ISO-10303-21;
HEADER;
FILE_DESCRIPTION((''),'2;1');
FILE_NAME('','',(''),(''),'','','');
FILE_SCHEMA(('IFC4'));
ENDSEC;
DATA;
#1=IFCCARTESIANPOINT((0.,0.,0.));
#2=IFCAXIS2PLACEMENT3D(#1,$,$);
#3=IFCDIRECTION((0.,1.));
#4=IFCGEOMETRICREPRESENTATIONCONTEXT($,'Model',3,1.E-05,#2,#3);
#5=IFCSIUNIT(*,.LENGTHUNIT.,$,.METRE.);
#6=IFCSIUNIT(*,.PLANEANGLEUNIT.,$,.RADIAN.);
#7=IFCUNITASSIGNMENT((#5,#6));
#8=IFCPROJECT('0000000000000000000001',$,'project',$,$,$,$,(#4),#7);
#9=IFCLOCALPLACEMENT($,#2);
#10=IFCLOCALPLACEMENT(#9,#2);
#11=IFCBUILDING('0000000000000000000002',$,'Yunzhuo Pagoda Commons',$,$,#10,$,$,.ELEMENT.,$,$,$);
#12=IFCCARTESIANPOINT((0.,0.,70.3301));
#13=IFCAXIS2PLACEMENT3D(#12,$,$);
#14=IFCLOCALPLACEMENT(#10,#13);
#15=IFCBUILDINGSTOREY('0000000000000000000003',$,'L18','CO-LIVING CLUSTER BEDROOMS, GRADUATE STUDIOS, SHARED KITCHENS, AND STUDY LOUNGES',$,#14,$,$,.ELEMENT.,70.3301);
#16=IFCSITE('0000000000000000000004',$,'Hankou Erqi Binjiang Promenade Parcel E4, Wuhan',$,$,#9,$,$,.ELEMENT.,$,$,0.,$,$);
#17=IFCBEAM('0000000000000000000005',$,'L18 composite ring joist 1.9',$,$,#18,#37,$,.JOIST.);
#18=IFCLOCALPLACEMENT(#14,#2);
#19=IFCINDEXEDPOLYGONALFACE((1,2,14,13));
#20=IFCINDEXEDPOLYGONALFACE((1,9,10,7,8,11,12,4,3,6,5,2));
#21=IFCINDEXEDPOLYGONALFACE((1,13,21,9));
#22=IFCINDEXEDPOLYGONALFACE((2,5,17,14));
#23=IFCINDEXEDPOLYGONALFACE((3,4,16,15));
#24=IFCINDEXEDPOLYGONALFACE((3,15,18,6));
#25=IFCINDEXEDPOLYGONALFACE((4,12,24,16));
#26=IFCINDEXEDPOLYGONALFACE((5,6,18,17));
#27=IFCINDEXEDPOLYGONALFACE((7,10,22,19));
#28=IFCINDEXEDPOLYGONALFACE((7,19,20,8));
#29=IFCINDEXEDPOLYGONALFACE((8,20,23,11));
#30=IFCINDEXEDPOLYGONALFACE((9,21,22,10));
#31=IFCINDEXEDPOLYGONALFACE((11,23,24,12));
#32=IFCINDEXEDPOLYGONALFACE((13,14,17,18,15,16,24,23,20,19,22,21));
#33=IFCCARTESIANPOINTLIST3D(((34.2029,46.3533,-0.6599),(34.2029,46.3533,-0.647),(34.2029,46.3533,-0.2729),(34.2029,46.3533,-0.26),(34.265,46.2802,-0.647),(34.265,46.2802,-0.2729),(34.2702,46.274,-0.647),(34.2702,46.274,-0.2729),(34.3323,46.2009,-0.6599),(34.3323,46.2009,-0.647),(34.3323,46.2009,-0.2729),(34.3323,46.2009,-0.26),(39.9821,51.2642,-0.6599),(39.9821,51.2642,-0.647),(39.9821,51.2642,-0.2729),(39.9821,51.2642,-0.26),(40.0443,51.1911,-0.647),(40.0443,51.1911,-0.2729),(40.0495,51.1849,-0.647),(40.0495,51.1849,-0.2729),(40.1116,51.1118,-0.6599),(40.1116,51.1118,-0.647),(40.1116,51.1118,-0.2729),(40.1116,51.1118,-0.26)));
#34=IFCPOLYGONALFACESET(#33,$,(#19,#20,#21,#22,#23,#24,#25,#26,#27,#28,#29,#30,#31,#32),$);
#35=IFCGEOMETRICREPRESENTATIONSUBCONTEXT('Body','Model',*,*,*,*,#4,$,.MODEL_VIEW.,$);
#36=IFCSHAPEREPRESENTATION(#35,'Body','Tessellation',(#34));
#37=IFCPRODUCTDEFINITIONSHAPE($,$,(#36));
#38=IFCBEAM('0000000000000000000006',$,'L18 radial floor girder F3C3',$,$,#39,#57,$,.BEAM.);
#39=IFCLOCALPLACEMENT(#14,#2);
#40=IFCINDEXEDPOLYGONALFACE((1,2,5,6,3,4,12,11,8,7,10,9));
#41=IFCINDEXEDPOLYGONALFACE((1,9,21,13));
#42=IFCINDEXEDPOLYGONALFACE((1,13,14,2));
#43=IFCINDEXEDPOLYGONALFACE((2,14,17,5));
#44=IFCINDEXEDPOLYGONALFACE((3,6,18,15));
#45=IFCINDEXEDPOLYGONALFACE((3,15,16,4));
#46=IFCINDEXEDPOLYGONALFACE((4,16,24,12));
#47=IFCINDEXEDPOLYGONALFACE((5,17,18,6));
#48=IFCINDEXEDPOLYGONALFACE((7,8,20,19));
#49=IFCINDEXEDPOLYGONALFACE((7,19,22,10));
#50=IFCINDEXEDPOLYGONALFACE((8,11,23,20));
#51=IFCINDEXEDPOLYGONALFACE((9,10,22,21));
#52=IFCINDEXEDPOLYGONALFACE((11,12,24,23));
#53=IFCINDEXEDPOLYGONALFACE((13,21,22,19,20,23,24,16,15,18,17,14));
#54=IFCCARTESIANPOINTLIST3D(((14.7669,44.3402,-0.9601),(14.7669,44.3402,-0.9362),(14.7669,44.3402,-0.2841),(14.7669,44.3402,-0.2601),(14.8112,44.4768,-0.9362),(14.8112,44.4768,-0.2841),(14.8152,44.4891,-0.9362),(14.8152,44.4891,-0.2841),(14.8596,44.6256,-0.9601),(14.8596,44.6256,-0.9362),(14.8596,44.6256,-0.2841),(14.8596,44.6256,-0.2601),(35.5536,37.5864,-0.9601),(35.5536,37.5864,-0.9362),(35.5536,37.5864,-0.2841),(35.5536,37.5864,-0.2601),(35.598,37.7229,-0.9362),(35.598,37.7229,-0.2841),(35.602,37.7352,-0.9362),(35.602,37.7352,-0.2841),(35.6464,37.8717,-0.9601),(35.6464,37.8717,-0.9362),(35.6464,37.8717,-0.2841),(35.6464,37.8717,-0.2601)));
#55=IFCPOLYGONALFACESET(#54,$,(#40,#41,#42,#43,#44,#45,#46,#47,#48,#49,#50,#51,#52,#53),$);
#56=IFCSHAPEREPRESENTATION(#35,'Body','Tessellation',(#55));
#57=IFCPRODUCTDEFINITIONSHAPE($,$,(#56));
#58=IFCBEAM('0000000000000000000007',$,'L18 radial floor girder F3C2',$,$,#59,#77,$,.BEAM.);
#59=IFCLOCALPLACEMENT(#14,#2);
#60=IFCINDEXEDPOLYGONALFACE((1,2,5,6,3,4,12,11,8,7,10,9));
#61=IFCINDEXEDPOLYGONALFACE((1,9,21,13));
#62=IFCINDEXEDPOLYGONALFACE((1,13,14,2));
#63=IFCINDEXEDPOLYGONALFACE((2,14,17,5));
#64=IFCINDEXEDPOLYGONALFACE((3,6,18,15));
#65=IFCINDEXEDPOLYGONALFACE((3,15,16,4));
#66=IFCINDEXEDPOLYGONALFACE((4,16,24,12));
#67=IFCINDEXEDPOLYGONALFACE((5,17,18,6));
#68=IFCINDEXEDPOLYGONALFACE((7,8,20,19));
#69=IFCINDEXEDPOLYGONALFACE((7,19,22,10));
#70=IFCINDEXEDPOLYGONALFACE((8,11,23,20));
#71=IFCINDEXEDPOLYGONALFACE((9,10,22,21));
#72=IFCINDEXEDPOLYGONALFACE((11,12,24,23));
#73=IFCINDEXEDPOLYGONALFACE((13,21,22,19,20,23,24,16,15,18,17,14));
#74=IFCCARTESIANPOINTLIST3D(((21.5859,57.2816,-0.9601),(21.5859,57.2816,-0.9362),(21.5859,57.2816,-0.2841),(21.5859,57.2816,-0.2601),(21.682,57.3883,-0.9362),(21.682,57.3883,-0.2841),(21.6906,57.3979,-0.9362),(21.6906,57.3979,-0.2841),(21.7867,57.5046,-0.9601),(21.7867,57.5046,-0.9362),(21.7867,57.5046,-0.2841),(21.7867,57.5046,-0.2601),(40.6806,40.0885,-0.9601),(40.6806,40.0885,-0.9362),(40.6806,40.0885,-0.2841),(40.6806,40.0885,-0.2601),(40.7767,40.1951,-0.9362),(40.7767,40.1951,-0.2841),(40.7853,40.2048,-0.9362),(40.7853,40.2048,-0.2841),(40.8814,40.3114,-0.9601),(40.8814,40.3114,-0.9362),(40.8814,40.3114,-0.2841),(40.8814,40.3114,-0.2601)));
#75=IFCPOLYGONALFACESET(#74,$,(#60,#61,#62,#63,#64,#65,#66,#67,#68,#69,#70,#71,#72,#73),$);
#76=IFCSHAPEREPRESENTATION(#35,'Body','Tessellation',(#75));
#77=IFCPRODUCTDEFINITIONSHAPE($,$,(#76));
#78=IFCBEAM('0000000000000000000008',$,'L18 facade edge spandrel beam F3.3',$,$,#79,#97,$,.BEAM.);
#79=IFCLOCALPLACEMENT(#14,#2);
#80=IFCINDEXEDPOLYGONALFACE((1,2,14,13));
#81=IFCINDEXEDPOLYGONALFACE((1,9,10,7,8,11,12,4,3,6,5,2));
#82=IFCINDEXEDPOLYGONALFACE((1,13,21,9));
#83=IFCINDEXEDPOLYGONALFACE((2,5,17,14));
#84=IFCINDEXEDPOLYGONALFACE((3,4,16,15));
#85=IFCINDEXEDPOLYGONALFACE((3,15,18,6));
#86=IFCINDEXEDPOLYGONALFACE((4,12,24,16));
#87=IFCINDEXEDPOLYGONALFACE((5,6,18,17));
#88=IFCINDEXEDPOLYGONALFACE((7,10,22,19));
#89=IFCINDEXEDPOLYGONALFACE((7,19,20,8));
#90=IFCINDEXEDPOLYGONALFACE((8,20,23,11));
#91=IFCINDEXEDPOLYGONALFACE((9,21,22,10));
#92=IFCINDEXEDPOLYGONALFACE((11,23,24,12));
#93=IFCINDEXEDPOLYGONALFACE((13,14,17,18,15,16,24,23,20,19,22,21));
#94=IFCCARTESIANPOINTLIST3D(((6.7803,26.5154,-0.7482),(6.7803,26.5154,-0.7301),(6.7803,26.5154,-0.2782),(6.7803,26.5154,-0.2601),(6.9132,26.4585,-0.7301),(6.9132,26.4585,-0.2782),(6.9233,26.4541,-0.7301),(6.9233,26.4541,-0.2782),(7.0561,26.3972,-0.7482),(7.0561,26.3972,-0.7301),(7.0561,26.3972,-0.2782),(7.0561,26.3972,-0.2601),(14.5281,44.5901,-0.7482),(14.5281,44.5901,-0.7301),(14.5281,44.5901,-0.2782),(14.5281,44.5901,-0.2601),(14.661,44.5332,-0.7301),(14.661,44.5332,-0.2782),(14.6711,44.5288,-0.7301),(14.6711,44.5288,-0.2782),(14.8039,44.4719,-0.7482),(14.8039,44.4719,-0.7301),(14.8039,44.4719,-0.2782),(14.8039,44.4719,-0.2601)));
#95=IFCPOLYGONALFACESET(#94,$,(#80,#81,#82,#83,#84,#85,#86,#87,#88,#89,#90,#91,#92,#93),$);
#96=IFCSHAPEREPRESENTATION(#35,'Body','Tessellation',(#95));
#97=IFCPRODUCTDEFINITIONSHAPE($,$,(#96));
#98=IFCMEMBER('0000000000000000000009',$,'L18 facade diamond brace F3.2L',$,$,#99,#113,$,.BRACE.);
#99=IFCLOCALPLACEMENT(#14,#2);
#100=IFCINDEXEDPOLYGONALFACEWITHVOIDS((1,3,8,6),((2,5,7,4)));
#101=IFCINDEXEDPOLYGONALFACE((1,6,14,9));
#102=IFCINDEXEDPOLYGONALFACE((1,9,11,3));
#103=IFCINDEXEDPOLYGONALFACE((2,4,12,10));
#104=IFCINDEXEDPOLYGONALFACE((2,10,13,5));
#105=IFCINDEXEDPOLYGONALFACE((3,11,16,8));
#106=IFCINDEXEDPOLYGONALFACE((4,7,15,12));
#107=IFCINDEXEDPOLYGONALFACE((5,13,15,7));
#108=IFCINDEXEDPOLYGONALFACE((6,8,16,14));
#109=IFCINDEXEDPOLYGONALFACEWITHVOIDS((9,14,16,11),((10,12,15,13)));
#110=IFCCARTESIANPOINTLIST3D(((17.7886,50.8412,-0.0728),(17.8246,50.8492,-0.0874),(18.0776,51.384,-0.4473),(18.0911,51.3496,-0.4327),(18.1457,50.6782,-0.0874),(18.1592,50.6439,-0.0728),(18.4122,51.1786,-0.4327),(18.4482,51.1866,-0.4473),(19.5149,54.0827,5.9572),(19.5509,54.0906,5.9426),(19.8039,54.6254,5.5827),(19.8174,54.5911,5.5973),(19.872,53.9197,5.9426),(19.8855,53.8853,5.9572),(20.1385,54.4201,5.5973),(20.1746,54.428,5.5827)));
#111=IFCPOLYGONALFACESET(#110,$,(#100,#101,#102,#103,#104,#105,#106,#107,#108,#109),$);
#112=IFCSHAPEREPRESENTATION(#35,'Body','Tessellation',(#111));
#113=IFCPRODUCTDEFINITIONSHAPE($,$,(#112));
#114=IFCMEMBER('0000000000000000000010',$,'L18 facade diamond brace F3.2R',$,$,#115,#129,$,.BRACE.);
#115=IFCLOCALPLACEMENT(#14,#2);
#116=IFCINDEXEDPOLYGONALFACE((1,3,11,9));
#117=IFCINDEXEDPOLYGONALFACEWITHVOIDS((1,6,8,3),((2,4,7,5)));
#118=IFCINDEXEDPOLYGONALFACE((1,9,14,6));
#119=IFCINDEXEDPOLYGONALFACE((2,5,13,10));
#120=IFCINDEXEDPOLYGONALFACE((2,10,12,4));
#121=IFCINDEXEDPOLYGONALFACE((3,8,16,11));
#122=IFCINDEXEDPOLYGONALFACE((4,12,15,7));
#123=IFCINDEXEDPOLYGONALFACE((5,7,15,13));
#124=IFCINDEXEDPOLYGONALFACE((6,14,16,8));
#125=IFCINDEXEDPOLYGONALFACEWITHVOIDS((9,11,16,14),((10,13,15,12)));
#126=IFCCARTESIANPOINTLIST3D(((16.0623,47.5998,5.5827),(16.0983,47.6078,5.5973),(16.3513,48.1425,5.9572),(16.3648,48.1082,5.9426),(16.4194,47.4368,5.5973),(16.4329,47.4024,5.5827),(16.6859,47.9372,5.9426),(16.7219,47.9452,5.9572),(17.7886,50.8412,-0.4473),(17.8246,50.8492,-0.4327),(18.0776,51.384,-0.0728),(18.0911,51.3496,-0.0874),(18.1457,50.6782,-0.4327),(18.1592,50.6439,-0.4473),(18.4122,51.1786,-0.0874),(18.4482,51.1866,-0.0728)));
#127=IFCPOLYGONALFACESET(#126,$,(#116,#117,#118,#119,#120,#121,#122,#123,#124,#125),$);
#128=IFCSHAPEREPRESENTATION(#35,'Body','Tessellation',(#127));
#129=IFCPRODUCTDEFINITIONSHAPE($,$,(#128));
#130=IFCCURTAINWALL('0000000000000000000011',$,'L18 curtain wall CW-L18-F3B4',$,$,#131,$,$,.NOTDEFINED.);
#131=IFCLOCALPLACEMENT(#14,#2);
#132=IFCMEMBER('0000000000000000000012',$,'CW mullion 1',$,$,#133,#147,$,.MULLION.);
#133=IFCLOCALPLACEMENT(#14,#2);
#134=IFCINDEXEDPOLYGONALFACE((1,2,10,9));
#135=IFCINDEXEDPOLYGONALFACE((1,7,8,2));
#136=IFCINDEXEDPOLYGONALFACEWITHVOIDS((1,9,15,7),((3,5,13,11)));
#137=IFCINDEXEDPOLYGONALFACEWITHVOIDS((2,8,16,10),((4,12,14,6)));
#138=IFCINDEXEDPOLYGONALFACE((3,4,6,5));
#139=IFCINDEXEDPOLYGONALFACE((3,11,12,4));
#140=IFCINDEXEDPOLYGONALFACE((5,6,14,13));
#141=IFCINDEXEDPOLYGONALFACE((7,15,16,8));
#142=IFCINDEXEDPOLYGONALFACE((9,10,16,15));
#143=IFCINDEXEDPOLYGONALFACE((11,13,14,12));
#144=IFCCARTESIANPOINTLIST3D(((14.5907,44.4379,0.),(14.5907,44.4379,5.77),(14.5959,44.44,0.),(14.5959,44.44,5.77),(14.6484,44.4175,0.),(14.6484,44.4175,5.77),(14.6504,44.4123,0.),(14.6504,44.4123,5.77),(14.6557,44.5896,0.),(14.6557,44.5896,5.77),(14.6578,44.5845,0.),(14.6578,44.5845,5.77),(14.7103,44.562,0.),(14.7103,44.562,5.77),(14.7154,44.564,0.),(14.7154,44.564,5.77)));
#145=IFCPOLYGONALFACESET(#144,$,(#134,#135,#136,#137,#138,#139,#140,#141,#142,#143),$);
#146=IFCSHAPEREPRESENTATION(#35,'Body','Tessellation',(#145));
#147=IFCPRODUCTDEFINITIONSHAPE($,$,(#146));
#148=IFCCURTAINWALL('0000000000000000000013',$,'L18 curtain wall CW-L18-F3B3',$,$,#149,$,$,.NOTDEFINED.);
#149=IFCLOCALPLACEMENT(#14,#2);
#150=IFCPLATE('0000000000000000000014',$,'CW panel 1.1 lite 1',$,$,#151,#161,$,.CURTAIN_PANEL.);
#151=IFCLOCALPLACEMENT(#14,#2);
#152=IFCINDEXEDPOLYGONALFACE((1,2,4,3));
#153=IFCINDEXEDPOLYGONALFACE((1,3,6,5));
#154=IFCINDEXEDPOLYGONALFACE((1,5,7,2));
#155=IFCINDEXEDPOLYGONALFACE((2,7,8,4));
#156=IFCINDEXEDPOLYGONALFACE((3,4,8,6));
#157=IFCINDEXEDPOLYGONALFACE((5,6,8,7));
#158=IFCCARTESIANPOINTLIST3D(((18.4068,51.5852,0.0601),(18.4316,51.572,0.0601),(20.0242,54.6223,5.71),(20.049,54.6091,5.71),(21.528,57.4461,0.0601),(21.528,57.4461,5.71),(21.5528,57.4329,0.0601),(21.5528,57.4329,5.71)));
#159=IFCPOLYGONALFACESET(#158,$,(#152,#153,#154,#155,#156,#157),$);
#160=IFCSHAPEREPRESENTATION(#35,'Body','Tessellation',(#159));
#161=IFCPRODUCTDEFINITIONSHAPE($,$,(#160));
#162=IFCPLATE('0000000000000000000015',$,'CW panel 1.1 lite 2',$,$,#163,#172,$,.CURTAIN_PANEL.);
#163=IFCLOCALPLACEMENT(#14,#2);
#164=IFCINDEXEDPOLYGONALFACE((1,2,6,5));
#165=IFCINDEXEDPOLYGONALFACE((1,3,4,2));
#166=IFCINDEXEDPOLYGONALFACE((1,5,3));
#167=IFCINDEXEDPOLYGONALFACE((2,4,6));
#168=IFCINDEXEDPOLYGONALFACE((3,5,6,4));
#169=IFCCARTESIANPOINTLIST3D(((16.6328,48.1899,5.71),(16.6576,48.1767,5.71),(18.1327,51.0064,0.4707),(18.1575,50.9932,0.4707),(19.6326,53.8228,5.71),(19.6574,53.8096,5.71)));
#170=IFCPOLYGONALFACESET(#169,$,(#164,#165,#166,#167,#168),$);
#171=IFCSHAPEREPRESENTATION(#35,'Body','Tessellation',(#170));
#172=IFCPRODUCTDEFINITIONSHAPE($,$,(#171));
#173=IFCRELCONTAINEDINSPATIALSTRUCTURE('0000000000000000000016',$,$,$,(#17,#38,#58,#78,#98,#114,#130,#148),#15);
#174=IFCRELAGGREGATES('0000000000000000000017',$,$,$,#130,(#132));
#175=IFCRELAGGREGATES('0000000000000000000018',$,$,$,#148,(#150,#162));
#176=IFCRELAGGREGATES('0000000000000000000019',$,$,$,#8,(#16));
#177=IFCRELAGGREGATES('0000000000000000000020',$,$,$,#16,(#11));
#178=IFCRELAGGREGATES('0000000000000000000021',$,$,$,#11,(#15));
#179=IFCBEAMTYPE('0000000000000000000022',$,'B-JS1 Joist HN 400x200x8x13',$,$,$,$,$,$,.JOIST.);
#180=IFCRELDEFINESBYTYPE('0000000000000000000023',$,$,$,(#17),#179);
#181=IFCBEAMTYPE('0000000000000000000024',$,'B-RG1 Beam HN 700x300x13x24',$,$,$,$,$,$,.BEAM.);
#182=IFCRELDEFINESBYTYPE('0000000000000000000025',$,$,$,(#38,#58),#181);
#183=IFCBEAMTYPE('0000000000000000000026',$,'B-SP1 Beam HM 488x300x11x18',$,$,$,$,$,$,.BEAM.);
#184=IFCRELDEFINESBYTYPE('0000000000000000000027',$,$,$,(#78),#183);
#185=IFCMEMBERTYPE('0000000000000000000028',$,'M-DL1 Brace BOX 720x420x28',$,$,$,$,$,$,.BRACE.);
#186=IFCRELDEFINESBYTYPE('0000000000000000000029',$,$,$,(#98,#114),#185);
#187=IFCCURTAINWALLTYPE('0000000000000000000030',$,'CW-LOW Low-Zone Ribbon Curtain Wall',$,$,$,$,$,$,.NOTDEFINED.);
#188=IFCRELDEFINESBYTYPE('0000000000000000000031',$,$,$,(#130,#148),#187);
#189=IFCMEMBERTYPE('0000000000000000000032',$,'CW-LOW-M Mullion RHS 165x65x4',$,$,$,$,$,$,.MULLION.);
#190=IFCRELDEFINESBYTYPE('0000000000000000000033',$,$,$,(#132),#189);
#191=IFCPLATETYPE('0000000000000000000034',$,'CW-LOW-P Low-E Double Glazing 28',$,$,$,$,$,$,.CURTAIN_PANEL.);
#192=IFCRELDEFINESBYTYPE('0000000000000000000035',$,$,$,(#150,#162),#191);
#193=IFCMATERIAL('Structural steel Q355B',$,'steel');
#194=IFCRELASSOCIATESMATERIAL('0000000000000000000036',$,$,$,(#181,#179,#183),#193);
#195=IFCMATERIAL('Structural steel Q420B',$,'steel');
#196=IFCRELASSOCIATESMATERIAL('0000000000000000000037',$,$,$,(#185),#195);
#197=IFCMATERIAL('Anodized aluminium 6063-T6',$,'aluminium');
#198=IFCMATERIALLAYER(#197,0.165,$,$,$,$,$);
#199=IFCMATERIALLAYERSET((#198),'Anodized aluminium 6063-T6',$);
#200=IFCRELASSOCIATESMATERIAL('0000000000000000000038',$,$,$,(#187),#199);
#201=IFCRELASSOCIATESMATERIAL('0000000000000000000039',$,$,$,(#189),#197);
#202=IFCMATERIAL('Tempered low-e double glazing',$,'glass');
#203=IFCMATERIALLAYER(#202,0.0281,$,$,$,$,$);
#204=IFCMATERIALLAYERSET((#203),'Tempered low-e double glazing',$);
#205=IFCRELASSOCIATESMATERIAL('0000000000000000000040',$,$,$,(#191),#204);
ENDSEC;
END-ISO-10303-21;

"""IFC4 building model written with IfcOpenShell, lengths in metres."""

from ifc_helpers import new_model, si_unit, direction, frame, origin, origin_2d, place, context, subcontext, project, spatial, polyline, hollow_rectangle, i_section, outline, extrude, source, transform, mapped, material, layer, layer_set, material_profile, profile_set, type_object, element, aggregate, save


model = new_model("IFC4")

# Units and contexts
model_context = context("Model", 3, precision=1e-05, world=origin(), true_north=direction((0.0, 1.0)))
body_context = subcontext(model_context, "Body", "Model", "MODEL_VIEW")
ifc_project = project(units=[si_unit("LENGTHUNIT", "METRE"), si_unit("PLANEANGLEUNIT", "RADIAN")], contexts=[model_context])

# Site, building, storey
site_placement = place(None, origin())
site = spatial("IfcSite", under=ifc_project, at=site_placement, Name="Hankou Erqi Binjiang Promenade Parcel E4, Wuhan", CompositionType="ELEMENT", RefElevation=0.0)
building_placement = place(site_placement, origin())
building = spatial("IfcBuilding", under=site, at=building_placement, Name="Yunzhuo Pagoda Commons", CompositionType="ELEMENT")
storey_placement = place(building_placement, frame((0.0, 0.0, 70.3301)))
storey = spatial("IfcBuildingStorey", under=building, at=storey_placement, Name="L18", Description="CO-LIVING CLUSTER BEDROOMS, GRADUATE STUDIOS, SHARED KITCHENS, AND STUDY LOUNGES", CompositionType="ELEMENT", Elevation=70.3301)

# Shared definitions
ifc_material_1 = material(Name="Structural steel Q420B", Category="steel")

# Beams
ifc_material_2 = material(Name="Structural steel Q355B", Category="steel")
ifc_material_profile_1 = material_profile(ifc_material_2, i_section(OverallWidth=0.3, OverallDepth=0.7, WebThickness=0.0129, FlangeThickness=0.0239, at=origin_2d()), Name="Structural steel Q355B")
ifc_profile_set_1 = profile_set([ifc_material_profile_1], Name="Structural steel Q355B")
beam_type_1 = type_object("IfcBeamType", Name="B-RG1 Beam HN 700x300x13x24", PredefinedType="BEAM", material=ifc_profile_set_1)
ifc_material_profile_2 = material_profile(ifc_material_2, i_section(OverallWidth=0.2, OverallDepth=0.3999, WebThickness=0.0081, FlangeThickness=0.0129, at=origin_2d()), Name="Structural steel Q355B")
ifc_profile_set_2 = profile_set([ifc_material_profile_2], Name="Structural steel Q355B")
beam_type_2 = type_object("IfcBeamType", Name="B-JS1 Joist HN 400x200x8x13", PredefinedType="JOIST", material=ifc_profile_set_2)
shared_shape_1 = source(origin(), body_context, "Body", "SweptSolid", [
    extrude(i_section(OverallWidth=0.2, OverallDepth=0.3999, WebThickness=0.0081, FlangeThickness=0.0129, at=origin_2d()), origin(), (0.0, 0.0, 1.0), 7.584),
])
beam_1_placement = place(storey_placement, frame((40.0469, 51.188, -0.46), z_axis=(-0.762038, -0.647533, 0.0), x_axis=(0.647533, -0.762038, 0.0)))
element("IfcBeam", 1, at=beam_1_placement, inside=storey, type_object=beam_type_2, Name="L18 composite ring joist 1.9", PredefinedType="JOIST", context=body_context, shape_type="MappedRepresentation", body=[
    mapped(shared_shape_1, transform((0.0, 0.0, 0.0), scale=1.0)),
])
shared_shape_2 = source(origin(), body_context, "Body", "SweptSolid", [
    extrude(i_section(OverallWidth=0.3, OverallDepth=0.7, WebThickness=0.0129, FlangeThickness=0.0239, at=origin_2d()), origin(), (0.0, 0.0, 1.0), 21.8564),
])
beam_2_placement = place(storey_placement, frame((14.8132, 44.4829, -0.6101), z_axis=(0.951059, -0.309011, 0.0), x_axis=(0.309011, 0.951059, 0.0)))
element("IfcBeam", 2, at=beam_2_placement, inside=storey, type_object=beam_type_1, Name="L18 radial floor girder F3C3", PredefinedType="BEAM", context=body_context, shape_type="MappedRepresentation", body=[
    mapped(shared_shape_2, transform((0.0, 0.0, 0.0), scale=1.0)),
])
shared_shape_3 = source(origin(), body_context, "Body", "SweptSolid", [
    extrude(i_section(OverallWidth=0.3, OverallDepth=0.7, WebThickness=0.0129, FlangeThickness=0.0239, at=origin_2d()), origin(), (0.0, 0.0, 1.0), 25.6946),
])
beam_3_placement = place(storey_placement, frame((21.6863, 57.3931, -0.6101), z_axis=(0.743142, -0.669134, 0.0), x_axis=(0.669134, 0.743142, 0.0)))
element("IfcBeam", 3, at=beam_3_placement, inside=storey, type_object=beam_type_1, Name="L18 radial floor girder F3C2", PredefinedType="BEAM", context=body_context, shape_type="MappedRepresentation", body=[
    mapped(shared_shape_3, transform((0.0, 0.0, 0.0), scale=1.0)),
])
ifc_material_profile_3 = material_profile(ifc_material_2, i_section(OverallWidth=0.3, OverallDepth=0.488, WebThickness=0.011, FlangeThickness=0.0181, at=origin_2d()), Name="Structural steel Q355B")
ifc_profile_set_3 = profile_set([ifc_material_profile_3], Name="Structural steel Q355B")
beam_type_3 = type_object("IfcBeamType", Name="B-SP1 Beam HM 488x300x11x18", PredefinedType="BEAM", material=ifc_profile_set_3)
shared_shape_4 = source(origin(), body_context, "Body", "SweptSolid", [
    extrude(i_section(OverallWidth=0.3, OverallDepth=0.488, WebThickness=0.011, FlangeThickness=0.0181, at=origin_2d()), origin(), (0.0, 0.0, 1.0), 19.6653),
])
beam_4_placement = place(storey_placement, frame((14.666, 44.531, -0.5042), z_axis=(-0.393984, -0.919117, 0.0), x_axis=(0.919117, -0.393984, 0.0)))
element("IfcBeam", 4, at=beam_4_placement, inside=storey, type_object=beam_type_3, Name="L18 facade edge spandrel beam F3.3", PredefinedType="BEAM", context=body_context, shape_type="MappedRepresentation", body=[
    mapped(shared_shape_4, transform((0.0, 0.0, 0.0), scale=1.0)),
])

# Members
ifc_material_profile_4 = material_profile(ifc_material_1, hollow_rectangle(XDim=0.4199, YDim=0.72, WallThickness=0.0281, at=origin_2d()), Name="Structural steel Q420B")
ifc_profile_set_4 = profile_set([ifc_material_profile_4], Name="Structural steel Q420B")
member_type_1 = type_object("IfcMemberType", Name="M-DL1 Brace BOX 720x420x28", PredefinedType="BRACE", material=ifc_profile_set_4)
shared_shape_5 = source(origin(), body_context, "Body", "SweptSolid", [
    extrude(hollow_rectangle(XDim=0.4199, YDim=0.72, WallThickness=0.0281, at=origin_2d()), origin(), (0.0, 0.0, 1.0), 7.0603),
])
for number, where, z_axis, x_axis, name in (
    (5, (18.1184, 51.0139, -0.26), (0.244509, 0.459107, 0.85407), (-0.882631, 0.470067, 0.0), "L18 facade diamond brace F3.2L"),
    (6, (18.1184, 51.0139, -0.26), (-0.244509, -0.459107, 0.85407), (0.882631, -0.470067, 0.0), "L18 facade diamond brace F3.2R"),
):
    element("IfcMember", number, at=place(storey_placement, frame(where, z_axis=z_axis, x_axis=x_axis)), inside=storey, type_object=member_type_1, Name=name, PredefinedType="BRACE", context=body_context, shape_type="MappedRepresentation", body=[
        mapped(shared_shape_5, transform((0.0, 0.0, 0.0), scale=1.0)),
    ])

# Curtain wall, member
ifc_material_3 = material(Name="Anodized aluminium 6063-T6", Category="aluminium")
ifc_layer_1 = layer(ifc_material_3, 0.165)
ifc_layer_set_1 = layer_set([ifc_layer_1], Name="Anodized aluminium 6063-T6")
curtain_wall_type = type_object("IfcCurtainWallType", Name="CW-LOW Low-Zone Ribbon Curtain Wall", PredefinedType="NOTDEFINED", material=ifc_layer_set_1)
curtain_wall_1_placement = place(storey_placement, origin())
curtain_wall_1 = element("IfcCurtainWall", 7, at=curtain_wall_1_placement, inside=storey, type_object=curtain_wall_type, Name="L18 curtain wall CW-L18-F3B4", PredefinedType="NOTDEFINED")
ifc_material_profile_5 = material_profile(ifc_material_3, hollow_rectangle(XDim=0.0649, YDim=0.165, WallThickness=0.0039, at=origin_2d()), Name="Anodized aluminium 6063-T6")
ifc_profile_set_5 = profile_set([ifc_material_profile_5], Name="Anodized aluminium 6063-T6")
member_type_2 = type_object("IfcMemberType", Name="CW-LOW-M Mullion RHS 165x65x4", PredefinedType="MULLION", material=ifc_profile_set_5)
shared_shape_6 = source(origin(), body_context, "Body", "SweptSolid", [
    extrude(hollow_rectangle(XDim=0.0649, YDim=0.165, WallThickness=0.0039, at=origin_2d()), origin(), (0.0, 0.0, 1.0), 5.77),
])
member_placement = place(storey_placement, frame((14.6531, 44.501, 0.0), z_axis=(0.0, 0.0, 1.0), x_axis=(0.919121, -0.393975, 0.0)))
member = element("IfcMember", 8, at=member_placement, type_object=member_type_2, Name="CW mullion 1", PredefinedType="MULLION", context=body_context, shape_type="MappedRepresentation", body=[
    mapped(shared_shape_6, transform((0.0, 0.0, 0.0), scale=1.0)),
])
aggregate(curtain_wall_1, [member])

# Curtain wall, plates
curtain_wall_2_placement = place(storey_placement, origin())
curtain_wall_2 = element("IfcCurtainWall", 9, at=curtain_wall_2_placement, inside=storey, type_object=curtain_wall_type, Name="L18 curtain wall CW-L18-F3B3", PredefinedType="NOTDEFINED")
ifc_material_4 = material(Name="Tempered low-e double glazing", Category="glass")
ifc_layer_2 = layer(ifc_material_4, 0.0281)
ifc_layer_set_2 = layer_set([ifc_layer_2], Name="Tempered low-e double glazing")
plate_type_1 = type_object("IfcPlateType", Name="CW-LOW-P Low-E Double Glazing 28", PredefinedType="CURTAIN_PANEL", material=ifc_layer_set_2)
plate_1_placement = place(storey_placement, frame((19.9922, 54.5024, 2.885), z_axis=(-0.882637, 0.470056, 0.0), x_axis=(-0.470056, -0.882637, 0.0)))
plate_1 = element("IfcPlate", 10, at=plate_1_placement, type_object=plate_type_1, Name="CW panel 1.1 lite 1", PredefinedType="CURTAIN_PANEL", context=body_context, shape_type="SweptSolid", body=[
    extrude(outline(polyline([(-3.3201, -2.825), (3.3201, -2.825), (-0.1208, 2.825), (-3.3201, 2.825), (-3.3201, -2.825)])), origin(), (0.0, 0.0, 1.0), 0.0281),
])
plate_2_placement = place(storey_placement, frame((18.1575, 50.9932, 3.0903), z_axis=(-0.882637, 0.470056, 0.0), x_axis=(-0.470056, -0.882637, 0.0)))
plate_2 = element("IfcPlate", 11, at=plate_2_placement, type_object=plate_type_1, Name="CW panel 1.1 lite 2", PredefinedType="CURTAIN_PANEL", context=body_context, shape_type="SweptSolid", body=[
    extrude(outline(polyline([(-3.1909, 2.6196), (0.0, -2.6196), (3.1909, 2.6196), (-3.1909, 2.6196)])), origin(), (0.0, 0.0, 1.0), 0.0281),
])
aggregate(curtain_wall_2, [plate_1, plate_2])

save(model, "model.ifc")
